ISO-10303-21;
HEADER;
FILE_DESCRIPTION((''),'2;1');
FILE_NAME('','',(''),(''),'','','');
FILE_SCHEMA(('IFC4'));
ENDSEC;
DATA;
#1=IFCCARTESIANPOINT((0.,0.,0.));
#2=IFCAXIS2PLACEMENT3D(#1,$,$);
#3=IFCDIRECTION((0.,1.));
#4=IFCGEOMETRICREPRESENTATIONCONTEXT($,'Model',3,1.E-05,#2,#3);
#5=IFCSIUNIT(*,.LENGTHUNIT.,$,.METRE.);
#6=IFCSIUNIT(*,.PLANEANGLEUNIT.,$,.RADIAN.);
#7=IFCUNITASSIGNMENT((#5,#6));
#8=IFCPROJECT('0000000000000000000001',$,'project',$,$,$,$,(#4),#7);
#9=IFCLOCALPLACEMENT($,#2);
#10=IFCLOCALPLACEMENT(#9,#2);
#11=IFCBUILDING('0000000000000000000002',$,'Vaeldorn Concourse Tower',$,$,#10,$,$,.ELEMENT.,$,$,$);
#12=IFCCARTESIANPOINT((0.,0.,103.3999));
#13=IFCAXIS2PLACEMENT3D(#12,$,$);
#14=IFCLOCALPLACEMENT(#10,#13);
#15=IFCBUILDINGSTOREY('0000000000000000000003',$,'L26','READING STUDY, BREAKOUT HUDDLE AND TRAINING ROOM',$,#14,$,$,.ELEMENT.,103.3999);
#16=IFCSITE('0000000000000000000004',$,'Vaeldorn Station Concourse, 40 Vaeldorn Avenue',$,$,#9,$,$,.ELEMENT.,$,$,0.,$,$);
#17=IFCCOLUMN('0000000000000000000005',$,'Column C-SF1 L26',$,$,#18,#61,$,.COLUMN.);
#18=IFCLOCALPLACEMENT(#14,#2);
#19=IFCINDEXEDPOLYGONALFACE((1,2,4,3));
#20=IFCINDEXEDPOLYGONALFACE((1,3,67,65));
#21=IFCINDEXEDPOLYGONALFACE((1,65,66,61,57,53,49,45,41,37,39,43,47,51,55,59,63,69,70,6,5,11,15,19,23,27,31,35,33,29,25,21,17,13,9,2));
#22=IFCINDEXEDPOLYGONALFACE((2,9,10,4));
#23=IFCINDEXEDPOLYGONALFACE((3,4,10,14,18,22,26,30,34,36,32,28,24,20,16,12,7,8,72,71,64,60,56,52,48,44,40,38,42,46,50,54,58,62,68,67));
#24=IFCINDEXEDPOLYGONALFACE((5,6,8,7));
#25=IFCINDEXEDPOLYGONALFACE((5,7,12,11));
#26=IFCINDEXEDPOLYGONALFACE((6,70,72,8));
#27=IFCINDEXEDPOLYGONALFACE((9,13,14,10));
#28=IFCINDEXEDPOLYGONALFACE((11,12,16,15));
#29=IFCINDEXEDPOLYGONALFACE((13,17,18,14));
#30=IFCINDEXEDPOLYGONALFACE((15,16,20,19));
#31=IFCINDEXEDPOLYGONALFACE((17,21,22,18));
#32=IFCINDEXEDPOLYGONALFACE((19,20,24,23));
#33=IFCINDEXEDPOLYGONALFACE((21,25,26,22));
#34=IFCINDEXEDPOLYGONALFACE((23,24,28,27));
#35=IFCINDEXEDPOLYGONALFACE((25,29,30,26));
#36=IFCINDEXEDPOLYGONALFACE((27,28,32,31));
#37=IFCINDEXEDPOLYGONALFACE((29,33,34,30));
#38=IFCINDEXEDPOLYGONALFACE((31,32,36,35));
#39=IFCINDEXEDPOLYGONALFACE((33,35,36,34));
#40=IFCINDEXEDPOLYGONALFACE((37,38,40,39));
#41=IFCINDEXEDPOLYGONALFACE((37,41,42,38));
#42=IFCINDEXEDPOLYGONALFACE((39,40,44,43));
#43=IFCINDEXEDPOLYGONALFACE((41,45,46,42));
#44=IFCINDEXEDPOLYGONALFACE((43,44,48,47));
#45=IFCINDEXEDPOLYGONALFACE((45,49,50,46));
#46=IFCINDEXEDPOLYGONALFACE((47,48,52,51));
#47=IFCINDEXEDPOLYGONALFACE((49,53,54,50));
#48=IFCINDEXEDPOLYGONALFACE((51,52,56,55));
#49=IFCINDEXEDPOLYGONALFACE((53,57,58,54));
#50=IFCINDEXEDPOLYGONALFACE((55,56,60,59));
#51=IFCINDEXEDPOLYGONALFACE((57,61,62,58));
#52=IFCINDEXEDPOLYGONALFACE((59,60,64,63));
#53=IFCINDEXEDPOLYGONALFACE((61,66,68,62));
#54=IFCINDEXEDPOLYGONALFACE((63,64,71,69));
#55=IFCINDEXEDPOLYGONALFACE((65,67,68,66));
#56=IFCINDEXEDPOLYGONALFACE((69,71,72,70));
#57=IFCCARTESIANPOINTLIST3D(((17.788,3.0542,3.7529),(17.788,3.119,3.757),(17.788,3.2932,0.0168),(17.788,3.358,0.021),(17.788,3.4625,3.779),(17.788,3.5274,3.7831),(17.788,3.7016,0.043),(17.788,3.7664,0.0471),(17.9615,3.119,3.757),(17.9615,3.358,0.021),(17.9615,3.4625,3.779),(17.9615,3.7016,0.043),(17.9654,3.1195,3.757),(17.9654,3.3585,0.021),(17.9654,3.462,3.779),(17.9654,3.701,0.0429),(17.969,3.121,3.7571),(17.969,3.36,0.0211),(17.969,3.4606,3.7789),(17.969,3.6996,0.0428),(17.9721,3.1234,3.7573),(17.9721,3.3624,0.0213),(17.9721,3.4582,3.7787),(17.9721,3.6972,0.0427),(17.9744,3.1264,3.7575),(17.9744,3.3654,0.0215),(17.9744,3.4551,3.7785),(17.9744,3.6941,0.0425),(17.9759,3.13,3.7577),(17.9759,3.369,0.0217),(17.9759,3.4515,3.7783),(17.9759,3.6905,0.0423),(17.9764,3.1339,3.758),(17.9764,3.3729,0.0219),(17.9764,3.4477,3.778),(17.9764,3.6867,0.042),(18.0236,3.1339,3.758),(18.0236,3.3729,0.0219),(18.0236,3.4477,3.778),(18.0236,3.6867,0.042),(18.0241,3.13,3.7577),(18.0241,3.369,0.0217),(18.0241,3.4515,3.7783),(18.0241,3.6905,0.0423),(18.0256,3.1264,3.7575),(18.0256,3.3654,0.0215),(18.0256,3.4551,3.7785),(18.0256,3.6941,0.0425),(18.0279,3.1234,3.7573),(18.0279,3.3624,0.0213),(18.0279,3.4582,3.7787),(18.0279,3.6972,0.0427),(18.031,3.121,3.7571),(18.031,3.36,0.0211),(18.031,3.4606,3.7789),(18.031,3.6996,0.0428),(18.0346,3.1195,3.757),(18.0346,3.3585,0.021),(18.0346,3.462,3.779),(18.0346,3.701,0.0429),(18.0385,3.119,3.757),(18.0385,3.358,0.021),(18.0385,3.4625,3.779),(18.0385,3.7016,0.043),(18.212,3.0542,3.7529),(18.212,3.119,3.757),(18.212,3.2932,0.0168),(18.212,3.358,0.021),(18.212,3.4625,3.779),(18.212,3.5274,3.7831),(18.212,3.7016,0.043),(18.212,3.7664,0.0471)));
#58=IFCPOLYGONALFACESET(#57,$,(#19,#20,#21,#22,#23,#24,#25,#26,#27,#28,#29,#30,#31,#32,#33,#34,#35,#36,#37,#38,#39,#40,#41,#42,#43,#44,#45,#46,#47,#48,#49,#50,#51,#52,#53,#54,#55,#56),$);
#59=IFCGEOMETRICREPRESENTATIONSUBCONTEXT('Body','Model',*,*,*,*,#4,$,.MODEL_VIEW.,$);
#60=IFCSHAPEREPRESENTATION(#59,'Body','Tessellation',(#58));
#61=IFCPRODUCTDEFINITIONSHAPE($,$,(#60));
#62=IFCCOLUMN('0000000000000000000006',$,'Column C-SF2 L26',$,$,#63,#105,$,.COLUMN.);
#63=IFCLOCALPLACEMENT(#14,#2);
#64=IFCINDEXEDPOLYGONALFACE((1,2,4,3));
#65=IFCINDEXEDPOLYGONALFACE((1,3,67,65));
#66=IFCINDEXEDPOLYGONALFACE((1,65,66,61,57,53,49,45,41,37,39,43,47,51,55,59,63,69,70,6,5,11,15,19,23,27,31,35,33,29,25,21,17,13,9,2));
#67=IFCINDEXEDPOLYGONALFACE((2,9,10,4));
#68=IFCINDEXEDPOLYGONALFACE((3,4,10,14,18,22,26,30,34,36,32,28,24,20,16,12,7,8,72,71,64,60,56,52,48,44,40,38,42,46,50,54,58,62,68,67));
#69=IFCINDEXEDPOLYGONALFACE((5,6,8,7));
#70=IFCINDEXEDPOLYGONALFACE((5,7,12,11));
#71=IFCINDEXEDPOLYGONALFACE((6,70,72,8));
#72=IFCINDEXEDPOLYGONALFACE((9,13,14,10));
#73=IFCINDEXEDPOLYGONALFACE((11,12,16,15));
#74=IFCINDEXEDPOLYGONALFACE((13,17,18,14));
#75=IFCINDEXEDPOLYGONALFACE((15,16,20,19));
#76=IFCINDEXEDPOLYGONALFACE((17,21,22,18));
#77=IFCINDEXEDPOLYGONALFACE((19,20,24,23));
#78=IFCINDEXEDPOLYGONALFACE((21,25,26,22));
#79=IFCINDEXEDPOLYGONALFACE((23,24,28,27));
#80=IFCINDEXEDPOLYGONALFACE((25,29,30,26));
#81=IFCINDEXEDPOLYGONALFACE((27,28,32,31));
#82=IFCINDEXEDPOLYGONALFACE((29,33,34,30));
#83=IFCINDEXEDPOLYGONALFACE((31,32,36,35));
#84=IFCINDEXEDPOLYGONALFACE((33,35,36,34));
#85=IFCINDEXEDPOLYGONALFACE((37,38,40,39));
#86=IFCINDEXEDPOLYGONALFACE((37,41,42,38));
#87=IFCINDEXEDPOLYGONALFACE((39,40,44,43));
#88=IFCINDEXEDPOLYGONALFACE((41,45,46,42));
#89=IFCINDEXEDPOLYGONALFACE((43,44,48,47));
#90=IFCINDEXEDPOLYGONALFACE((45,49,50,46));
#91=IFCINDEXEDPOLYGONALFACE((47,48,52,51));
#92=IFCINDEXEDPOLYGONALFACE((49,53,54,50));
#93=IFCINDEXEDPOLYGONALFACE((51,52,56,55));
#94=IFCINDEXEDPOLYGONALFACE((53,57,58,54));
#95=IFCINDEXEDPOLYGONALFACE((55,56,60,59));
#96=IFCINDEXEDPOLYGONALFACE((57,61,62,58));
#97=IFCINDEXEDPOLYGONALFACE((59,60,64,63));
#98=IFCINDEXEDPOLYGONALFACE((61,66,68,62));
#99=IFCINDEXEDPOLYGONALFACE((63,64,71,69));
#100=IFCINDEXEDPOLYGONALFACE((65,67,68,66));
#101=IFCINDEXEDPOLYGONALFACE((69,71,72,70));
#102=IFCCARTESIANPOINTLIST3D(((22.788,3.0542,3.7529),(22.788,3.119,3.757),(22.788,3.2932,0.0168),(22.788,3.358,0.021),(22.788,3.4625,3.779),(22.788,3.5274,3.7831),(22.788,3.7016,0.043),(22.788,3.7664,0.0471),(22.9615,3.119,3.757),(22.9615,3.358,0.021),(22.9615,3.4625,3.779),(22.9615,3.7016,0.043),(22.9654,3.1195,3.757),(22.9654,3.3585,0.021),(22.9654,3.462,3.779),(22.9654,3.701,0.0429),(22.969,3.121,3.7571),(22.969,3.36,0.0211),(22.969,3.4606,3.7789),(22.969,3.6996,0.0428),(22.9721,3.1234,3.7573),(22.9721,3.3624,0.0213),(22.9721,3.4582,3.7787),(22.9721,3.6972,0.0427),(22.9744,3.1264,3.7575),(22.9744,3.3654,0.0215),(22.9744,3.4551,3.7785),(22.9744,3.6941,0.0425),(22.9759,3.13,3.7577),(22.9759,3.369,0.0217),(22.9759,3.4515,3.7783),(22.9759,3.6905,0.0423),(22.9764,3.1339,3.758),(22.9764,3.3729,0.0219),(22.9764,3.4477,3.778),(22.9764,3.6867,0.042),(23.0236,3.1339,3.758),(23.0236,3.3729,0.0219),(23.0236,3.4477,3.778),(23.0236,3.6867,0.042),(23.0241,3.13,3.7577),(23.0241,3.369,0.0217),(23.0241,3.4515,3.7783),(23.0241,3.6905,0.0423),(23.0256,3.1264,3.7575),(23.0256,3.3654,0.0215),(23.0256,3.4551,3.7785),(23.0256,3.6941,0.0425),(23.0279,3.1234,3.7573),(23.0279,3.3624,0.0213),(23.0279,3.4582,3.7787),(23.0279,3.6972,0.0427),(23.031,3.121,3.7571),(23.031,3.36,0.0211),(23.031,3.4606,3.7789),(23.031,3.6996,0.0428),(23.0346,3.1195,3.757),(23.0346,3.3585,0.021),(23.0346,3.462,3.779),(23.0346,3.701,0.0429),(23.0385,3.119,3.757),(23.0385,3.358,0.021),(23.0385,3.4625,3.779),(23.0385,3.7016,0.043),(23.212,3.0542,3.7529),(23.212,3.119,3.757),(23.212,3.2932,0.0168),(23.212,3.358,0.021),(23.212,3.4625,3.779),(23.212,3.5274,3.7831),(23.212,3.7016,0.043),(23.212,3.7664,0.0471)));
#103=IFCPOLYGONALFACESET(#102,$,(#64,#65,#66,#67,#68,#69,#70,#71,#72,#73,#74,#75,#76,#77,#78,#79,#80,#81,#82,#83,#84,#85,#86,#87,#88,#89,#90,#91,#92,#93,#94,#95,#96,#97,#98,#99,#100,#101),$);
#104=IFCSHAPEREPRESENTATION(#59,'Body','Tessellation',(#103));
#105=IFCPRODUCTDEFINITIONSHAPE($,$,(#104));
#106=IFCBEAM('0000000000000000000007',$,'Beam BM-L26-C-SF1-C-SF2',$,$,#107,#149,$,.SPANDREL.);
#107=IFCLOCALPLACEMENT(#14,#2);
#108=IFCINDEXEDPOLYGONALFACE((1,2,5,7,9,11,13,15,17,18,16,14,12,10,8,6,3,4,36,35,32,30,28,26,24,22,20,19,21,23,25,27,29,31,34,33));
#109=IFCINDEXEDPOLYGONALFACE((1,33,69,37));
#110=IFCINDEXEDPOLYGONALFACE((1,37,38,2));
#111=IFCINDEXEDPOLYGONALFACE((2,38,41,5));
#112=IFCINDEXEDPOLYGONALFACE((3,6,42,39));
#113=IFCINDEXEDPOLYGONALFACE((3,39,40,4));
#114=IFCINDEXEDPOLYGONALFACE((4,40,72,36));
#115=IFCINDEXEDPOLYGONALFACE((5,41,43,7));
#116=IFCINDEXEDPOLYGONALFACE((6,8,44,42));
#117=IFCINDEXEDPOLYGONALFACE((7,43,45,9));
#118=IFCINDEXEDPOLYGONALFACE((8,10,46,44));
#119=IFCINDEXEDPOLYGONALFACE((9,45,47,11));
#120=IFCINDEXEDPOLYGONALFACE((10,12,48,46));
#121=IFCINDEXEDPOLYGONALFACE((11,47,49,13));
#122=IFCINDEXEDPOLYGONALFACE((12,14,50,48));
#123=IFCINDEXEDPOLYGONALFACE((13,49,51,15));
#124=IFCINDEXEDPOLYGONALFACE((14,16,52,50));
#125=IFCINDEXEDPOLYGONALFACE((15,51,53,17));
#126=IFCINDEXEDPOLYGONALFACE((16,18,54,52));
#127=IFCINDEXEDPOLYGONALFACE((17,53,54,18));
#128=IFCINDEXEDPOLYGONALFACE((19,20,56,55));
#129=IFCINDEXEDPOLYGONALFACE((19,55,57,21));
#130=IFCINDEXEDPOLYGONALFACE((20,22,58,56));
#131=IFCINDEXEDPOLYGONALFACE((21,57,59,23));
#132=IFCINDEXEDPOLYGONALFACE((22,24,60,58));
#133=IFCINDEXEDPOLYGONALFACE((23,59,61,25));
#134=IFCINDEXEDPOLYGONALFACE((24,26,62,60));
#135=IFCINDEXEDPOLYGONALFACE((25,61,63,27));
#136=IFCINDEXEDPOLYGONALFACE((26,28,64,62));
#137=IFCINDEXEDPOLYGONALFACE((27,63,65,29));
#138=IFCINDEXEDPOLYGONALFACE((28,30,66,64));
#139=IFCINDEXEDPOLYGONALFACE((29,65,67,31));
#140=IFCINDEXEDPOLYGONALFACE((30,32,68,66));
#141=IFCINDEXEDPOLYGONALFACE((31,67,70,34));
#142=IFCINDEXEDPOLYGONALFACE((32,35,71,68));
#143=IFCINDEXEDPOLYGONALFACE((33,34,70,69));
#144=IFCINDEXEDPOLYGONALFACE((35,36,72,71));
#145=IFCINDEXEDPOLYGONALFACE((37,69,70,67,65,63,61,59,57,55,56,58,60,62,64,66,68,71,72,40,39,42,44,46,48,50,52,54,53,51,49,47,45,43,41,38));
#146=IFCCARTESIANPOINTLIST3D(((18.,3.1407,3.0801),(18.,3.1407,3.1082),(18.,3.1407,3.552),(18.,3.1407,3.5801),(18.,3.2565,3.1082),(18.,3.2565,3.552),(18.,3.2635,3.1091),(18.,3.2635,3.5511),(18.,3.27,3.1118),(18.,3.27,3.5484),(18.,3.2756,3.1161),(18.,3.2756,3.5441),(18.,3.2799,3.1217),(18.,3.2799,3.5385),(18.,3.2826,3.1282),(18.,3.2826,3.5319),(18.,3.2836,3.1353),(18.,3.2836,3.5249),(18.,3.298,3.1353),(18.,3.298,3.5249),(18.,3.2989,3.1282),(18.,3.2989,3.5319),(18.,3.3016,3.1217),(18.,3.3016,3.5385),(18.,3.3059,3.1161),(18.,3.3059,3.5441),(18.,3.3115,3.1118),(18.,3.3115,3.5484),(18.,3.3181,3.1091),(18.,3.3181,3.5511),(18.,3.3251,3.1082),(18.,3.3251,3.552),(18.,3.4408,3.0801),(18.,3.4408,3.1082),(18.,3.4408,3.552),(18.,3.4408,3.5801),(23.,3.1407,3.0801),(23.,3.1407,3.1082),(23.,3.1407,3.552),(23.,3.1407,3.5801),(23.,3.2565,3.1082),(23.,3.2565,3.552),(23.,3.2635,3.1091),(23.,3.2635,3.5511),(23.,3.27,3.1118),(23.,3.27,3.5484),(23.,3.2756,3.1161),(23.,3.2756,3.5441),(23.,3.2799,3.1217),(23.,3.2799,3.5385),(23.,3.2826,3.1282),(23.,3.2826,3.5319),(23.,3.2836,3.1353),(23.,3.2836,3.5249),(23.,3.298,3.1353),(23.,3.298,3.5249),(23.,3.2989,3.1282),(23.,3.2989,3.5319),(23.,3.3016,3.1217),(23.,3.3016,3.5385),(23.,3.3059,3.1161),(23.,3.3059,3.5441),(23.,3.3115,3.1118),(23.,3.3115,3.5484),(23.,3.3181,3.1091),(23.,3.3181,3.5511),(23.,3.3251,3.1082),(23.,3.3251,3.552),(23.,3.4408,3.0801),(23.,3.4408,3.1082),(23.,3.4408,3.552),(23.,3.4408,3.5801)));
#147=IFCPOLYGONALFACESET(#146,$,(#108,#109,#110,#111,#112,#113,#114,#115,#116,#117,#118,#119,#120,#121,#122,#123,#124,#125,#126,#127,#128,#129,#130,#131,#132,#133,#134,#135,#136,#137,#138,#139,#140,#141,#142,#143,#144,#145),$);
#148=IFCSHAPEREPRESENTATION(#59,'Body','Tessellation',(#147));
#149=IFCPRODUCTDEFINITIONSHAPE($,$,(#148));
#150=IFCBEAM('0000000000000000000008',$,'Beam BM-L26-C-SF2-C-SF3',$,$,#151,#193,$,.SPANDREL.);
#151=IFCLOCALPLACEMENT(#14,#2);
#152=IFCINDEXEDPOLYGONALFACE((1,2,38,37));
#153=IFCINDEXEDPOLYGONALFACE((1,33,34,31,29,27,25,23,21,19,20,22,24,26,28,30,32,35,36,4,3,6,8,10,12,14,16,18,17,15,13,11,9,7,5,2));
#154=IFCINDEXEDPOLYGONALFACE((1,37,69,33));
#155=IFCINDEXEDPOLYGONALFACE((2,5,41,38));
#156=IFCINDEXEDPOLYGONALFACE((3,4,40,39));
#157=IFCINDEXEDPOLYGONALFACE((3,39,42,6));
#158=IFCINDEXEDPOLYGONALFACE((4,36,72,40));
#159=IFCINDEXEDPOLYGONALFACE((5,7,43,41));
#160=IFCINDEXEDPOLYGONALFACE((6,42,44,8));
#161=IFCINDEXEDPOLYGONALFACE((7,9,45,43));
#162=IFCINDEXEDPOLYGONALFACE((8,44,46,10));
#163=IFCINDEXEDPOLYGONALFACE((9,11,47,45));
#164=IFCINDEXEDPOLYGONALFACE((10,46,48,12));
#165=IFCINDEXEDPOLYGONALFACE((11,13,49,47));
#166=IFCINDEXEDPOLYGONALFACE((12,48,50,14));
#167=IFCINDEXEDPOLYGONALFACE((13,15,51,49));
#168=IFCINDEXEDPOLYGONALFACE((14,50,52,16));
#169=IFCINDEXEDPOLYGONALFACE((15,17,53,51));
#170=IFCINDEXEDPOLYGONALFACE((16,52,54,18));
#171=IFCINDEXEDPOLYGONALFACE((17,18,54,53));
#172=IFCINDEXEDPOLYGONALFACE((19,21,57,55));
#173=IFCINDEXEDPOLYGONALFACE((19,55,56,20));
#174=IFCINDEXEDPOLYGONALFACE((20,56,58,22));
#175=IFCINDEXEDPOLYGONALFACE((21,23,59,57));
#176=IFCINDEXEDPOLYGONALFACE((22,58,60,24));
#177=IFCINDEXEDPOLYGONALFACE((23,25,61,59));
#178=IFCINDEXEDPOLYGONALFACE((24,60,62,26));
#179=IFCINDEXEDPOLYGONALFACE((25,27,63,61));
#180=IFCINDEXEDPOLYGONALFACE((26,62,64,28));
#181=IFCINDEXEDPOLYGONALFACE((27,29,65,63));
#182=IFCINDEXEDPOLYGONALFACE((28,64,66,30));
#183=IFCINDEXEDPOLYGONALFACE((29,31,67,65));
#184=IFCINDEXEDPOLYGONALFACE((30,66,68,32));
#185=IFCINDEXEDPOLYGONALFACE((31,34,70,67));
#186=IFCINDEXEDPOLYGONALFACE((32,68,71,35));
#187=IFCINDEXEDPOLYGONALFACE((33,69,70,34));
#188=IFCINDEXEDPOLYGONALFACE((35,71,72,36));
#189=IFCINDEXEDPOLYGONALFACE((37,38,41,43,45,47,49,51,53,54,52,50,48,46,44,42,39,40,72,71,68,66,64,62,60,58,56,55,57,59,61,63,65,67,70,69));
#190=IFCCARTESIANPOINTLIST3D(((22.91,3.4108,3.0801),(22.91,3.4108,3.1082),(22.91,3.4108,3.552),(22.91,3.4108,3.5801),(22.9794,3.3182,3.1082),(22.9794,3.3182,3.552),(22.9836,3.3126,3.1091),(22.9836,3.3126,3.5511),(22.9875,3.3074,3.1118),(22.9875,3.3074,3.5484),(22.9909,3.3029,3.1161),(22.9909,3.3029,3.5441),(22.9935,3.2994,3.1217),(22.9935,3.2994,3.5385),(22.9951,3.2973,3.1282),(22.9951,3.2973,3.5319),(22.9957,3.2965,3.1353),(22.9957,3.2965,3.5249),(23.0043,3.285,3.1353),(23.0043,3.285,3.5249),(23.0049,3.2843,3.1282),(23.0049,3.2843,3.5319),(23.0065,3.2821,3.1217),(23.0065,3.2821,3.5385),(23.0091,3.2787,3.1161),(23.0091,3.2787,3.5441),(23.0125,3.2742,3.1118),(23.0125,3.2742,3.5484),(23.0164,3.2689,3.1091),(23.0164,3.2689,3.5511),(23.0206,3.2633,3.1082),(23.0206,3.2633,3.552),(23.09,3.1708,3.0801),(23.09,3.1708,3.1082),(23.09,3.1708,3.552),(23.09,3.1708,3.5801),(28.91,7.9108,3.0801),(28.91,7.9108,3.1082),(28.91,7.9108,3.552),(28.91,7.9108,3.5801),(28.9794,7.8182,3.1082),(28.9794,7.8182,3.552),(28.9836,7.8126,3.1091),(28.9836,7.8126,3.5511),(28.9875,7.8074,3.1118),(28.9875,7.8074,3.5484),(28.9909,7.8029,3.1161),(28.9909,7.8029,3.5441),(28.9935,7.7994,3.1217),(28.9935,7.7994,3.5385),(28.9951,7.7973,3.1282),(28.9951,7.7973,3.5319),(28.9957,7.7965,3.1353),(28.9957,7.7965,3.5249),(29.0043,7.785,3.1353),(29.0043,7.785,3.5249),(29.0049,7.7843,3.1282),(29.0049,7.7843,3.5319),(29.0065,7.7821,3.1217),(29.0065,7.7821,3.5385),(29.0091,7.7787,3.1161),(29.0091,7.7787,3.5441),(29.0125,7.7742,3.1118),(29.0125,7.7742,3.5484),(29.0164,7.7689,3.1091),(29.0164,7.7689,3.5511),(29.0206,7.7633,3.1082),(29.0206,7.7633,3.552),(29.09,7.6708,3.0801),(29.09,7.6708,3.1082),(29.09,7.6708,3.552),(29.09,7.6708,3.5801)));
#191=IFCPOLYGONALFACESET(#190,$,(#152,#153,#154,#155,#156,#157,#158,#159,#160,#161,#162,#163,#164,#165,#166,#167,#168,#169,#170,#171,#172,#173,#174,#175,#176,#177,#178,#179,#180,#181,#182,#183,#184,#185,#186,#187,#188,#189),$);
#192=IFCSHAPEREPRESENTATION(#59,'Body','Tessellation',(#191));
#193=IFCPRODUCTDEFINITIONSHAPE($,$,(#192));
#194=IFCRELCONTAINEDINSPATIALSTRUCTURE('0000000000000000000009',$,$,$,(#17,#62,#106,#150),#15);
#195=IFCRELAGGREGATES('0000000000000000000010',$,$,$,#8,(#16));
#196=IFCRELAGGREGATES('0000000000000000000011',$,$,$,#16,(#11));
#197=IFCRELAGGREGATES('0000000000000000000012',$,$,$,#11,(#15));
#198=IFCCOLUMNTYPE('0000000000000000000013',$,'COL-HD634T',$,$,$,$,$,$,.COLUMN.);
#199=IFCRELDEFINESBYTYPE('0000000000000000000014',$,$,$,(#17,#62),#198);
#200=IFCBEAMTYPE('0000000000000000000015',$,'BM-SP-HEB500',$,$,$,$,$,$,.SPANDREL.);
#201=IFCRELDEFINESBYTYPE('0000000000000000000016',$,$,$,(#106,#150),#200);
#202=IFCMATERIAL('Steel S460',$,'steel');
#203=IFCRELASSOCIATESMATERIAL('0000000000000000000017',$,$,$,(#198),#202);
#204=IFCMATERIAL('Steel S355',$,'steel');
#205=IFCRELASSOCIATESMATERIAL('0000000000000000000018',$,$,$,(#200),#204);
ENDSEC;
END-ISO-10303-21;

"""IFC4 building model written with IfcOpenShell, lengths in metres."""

from ifc_helpers import new_model, si_unit, direction, frame, origin, origin_2d, place, context, subcontext, project, spatial, i_section, extrude, source, transform, mapped, material, material_profile, profile_set, type_object, element, save


model = new_model("IFC4")

# Units and contexts
model_context = context("Model", 3, precision=1e-05, world=origin(), true_north=direction((0.0, 1.0)))
body_context = subcontext(model_context, "Body", "Model", "MODEL_VIEW")
ifc_project = project(units=[si_unit("LENGTHUNIT", "METRE"), si_unit("PLANEANGLEUNIT", "RADIAN")], contexts=[model_context])

# Site, building, storey
site_placement = place(None, origin())
site = spatial("IfcSite", under=ifc_project, at=site_placement, Name="Vaeldorn Station Concourse, 40 Vaeldorn Avenue", CompositionType="ELEMENT", RefElevation=0.0)
building_placement = place(site_placement, origin())
building = spatial("IfcBuilding", under=site, at=building_placement, Name="Vaeldorn Concourse Tower", CompositionType="ELEMENT")
storey_placement = place(building_placement, frame((0.0, 0.0, 103.3999)))
storey = spatial("IfcBuildingStorey", under=building, at=storey_placement, Name="L26", Description="READING STUDY, BREAKOUT HUDDLE AND TRAINING ROOM", CompositionType="ELEMENT", Elevation=103.3999)

# Columns
ifc_material_1 = material(Name="Steel S460", Category="steel")
ifc_material_profile_1 = material_profile(ifc_material_1, i_section(OverallWidth=0.4241, OverallDepth=0.4741, WebThickness=0.0471, FlangeThickness=0.0649, FilletRadius=0.0149, at=origin_2d()), Name="HD 400x634")
ifc_profile_set_1 = profile_set([ifc_material_profile_1], Name="Steel S460")
column_type = type_object("IfcColumnType", Name="COL-HD634T", PredefinedType="COLUMN", material=ifc_profile_set_1)
shared_shape_1 = source(origin(), body_context, "Body", "SweptSolid", [
    extrude(i_section(OverallWidth=0.4241, OverallDepth=0.4741, WebThickness=0.0471, FlangeThickness=0.0649, FilletRadius=0.0149, at=origin_2d()), origin(), (0.0, 0.0, 1.0), 3.7437),
])
for number, where, z_axis, x_axis, name in (
    (1, (18.0, 3.5298, 0.032), (0.0, -0.063844, 0.99796), (1.0, 0.0, 0.0), "Column C-SF1 L26"),
    (2, (23.0, 3.5298, 0.032), (0.0, -0.063844, 0.99796), (1.0, 0.0, 0.0), "Column C-SF2 L26"),
):
    element("IfcColumn", number, at=place(storey_placement, frame(where, z_axis=z_axis, x_axis=x_axis)), inside=storey, type_object=column_type, Name=name, PredefinedType="COLUMN", context=body_context, shape_type="MappedRepresentation", body=[
        mapped(shared_shape_1, transform((0.0, 0.0, 0.0), scale=1.0)),
    ])

# Beams
ifc_material_2 = material(Name="Steel S355", Category="steel")
ifc_material_profile_2 = material_profile(ifc_material_2, i_section(OverallWidth=0.3, OverallDepth=0.5, WebThickness=0.0144, FlangeThickness=0.0281, FilletRadius=0.0271, at=origin_2d()), Name="HEB 500")
ifc_profile_set_2 = profile_set([ifc_material_profile_2], Name="Steel S355")
beam_type_1 = type_object("IfcBeamType", Name="BM-SP-HEB500", PredefinedType="SPANDREL", material=ifc_profile_set_2)
shared_shape_2 = source(origin(), body_context, "Body", "SweptSolid", [
    extrude(i_section(OverallWidth=0.3, OverallDepth=0.5, WebThickness=0.0144, FlangeThickness=0.0281, FilletRadius=0.0271, at=origin_2d()), origin(), (0.0, 0.0, 1.0), 5.0),
])
beam_1_placement = place(storey_placement, frame((18.0, 3.2908, 3.3301), z_axis=(1.0, 0.0, 0.0), x_axis=(0.0, 1.0, 0.0)))
element("IfcBeam", 3, at=beam_1_placement, inside=storey, type_object=beam_type_1, Name="Beam BM-L26-C-SF1-C-SF2", PredefinedType="SPANDREL", context=body_context, shape_type="MappedRepresentation", body=[
    mapped(shared_shape_2, transform((0.0, 0.0, 0.0), scale=1.0)),
])
shared_shape_3 = source(origin(), body_context, "Body", "SweptSolid", [
    extrude(i_section(OverallWidth=0.3, OverallDepth=0.5, WebThickness=0.0144, FlangeThickness=0.0281, FilletRadius=0.0271, at=origin_2d()), origin(), (0.0, 0.0, 1.0), 7.5),
])
beam_2_placement = place(storey_placement, frame((23.0, 3.2908, 3.3301), z_axis=(0.8, 0.6, 0.0), x_axis=(-0.6, 0.8, 0.0)))
element("IfcBeam", 4, at=beam_2_placement, inside=storey, type_object=beam_type_1, Name="Beam BM-L26-C-SF2-C-SF3", PredefinedType="SPANDREL", context=body_context, shape_type="MappedRepresentation", body=[
    mapped(shared_shape_3, transform((0.0, 0.0, 0.0), scale=1.0)),
])

save(model, "model.ifc")
